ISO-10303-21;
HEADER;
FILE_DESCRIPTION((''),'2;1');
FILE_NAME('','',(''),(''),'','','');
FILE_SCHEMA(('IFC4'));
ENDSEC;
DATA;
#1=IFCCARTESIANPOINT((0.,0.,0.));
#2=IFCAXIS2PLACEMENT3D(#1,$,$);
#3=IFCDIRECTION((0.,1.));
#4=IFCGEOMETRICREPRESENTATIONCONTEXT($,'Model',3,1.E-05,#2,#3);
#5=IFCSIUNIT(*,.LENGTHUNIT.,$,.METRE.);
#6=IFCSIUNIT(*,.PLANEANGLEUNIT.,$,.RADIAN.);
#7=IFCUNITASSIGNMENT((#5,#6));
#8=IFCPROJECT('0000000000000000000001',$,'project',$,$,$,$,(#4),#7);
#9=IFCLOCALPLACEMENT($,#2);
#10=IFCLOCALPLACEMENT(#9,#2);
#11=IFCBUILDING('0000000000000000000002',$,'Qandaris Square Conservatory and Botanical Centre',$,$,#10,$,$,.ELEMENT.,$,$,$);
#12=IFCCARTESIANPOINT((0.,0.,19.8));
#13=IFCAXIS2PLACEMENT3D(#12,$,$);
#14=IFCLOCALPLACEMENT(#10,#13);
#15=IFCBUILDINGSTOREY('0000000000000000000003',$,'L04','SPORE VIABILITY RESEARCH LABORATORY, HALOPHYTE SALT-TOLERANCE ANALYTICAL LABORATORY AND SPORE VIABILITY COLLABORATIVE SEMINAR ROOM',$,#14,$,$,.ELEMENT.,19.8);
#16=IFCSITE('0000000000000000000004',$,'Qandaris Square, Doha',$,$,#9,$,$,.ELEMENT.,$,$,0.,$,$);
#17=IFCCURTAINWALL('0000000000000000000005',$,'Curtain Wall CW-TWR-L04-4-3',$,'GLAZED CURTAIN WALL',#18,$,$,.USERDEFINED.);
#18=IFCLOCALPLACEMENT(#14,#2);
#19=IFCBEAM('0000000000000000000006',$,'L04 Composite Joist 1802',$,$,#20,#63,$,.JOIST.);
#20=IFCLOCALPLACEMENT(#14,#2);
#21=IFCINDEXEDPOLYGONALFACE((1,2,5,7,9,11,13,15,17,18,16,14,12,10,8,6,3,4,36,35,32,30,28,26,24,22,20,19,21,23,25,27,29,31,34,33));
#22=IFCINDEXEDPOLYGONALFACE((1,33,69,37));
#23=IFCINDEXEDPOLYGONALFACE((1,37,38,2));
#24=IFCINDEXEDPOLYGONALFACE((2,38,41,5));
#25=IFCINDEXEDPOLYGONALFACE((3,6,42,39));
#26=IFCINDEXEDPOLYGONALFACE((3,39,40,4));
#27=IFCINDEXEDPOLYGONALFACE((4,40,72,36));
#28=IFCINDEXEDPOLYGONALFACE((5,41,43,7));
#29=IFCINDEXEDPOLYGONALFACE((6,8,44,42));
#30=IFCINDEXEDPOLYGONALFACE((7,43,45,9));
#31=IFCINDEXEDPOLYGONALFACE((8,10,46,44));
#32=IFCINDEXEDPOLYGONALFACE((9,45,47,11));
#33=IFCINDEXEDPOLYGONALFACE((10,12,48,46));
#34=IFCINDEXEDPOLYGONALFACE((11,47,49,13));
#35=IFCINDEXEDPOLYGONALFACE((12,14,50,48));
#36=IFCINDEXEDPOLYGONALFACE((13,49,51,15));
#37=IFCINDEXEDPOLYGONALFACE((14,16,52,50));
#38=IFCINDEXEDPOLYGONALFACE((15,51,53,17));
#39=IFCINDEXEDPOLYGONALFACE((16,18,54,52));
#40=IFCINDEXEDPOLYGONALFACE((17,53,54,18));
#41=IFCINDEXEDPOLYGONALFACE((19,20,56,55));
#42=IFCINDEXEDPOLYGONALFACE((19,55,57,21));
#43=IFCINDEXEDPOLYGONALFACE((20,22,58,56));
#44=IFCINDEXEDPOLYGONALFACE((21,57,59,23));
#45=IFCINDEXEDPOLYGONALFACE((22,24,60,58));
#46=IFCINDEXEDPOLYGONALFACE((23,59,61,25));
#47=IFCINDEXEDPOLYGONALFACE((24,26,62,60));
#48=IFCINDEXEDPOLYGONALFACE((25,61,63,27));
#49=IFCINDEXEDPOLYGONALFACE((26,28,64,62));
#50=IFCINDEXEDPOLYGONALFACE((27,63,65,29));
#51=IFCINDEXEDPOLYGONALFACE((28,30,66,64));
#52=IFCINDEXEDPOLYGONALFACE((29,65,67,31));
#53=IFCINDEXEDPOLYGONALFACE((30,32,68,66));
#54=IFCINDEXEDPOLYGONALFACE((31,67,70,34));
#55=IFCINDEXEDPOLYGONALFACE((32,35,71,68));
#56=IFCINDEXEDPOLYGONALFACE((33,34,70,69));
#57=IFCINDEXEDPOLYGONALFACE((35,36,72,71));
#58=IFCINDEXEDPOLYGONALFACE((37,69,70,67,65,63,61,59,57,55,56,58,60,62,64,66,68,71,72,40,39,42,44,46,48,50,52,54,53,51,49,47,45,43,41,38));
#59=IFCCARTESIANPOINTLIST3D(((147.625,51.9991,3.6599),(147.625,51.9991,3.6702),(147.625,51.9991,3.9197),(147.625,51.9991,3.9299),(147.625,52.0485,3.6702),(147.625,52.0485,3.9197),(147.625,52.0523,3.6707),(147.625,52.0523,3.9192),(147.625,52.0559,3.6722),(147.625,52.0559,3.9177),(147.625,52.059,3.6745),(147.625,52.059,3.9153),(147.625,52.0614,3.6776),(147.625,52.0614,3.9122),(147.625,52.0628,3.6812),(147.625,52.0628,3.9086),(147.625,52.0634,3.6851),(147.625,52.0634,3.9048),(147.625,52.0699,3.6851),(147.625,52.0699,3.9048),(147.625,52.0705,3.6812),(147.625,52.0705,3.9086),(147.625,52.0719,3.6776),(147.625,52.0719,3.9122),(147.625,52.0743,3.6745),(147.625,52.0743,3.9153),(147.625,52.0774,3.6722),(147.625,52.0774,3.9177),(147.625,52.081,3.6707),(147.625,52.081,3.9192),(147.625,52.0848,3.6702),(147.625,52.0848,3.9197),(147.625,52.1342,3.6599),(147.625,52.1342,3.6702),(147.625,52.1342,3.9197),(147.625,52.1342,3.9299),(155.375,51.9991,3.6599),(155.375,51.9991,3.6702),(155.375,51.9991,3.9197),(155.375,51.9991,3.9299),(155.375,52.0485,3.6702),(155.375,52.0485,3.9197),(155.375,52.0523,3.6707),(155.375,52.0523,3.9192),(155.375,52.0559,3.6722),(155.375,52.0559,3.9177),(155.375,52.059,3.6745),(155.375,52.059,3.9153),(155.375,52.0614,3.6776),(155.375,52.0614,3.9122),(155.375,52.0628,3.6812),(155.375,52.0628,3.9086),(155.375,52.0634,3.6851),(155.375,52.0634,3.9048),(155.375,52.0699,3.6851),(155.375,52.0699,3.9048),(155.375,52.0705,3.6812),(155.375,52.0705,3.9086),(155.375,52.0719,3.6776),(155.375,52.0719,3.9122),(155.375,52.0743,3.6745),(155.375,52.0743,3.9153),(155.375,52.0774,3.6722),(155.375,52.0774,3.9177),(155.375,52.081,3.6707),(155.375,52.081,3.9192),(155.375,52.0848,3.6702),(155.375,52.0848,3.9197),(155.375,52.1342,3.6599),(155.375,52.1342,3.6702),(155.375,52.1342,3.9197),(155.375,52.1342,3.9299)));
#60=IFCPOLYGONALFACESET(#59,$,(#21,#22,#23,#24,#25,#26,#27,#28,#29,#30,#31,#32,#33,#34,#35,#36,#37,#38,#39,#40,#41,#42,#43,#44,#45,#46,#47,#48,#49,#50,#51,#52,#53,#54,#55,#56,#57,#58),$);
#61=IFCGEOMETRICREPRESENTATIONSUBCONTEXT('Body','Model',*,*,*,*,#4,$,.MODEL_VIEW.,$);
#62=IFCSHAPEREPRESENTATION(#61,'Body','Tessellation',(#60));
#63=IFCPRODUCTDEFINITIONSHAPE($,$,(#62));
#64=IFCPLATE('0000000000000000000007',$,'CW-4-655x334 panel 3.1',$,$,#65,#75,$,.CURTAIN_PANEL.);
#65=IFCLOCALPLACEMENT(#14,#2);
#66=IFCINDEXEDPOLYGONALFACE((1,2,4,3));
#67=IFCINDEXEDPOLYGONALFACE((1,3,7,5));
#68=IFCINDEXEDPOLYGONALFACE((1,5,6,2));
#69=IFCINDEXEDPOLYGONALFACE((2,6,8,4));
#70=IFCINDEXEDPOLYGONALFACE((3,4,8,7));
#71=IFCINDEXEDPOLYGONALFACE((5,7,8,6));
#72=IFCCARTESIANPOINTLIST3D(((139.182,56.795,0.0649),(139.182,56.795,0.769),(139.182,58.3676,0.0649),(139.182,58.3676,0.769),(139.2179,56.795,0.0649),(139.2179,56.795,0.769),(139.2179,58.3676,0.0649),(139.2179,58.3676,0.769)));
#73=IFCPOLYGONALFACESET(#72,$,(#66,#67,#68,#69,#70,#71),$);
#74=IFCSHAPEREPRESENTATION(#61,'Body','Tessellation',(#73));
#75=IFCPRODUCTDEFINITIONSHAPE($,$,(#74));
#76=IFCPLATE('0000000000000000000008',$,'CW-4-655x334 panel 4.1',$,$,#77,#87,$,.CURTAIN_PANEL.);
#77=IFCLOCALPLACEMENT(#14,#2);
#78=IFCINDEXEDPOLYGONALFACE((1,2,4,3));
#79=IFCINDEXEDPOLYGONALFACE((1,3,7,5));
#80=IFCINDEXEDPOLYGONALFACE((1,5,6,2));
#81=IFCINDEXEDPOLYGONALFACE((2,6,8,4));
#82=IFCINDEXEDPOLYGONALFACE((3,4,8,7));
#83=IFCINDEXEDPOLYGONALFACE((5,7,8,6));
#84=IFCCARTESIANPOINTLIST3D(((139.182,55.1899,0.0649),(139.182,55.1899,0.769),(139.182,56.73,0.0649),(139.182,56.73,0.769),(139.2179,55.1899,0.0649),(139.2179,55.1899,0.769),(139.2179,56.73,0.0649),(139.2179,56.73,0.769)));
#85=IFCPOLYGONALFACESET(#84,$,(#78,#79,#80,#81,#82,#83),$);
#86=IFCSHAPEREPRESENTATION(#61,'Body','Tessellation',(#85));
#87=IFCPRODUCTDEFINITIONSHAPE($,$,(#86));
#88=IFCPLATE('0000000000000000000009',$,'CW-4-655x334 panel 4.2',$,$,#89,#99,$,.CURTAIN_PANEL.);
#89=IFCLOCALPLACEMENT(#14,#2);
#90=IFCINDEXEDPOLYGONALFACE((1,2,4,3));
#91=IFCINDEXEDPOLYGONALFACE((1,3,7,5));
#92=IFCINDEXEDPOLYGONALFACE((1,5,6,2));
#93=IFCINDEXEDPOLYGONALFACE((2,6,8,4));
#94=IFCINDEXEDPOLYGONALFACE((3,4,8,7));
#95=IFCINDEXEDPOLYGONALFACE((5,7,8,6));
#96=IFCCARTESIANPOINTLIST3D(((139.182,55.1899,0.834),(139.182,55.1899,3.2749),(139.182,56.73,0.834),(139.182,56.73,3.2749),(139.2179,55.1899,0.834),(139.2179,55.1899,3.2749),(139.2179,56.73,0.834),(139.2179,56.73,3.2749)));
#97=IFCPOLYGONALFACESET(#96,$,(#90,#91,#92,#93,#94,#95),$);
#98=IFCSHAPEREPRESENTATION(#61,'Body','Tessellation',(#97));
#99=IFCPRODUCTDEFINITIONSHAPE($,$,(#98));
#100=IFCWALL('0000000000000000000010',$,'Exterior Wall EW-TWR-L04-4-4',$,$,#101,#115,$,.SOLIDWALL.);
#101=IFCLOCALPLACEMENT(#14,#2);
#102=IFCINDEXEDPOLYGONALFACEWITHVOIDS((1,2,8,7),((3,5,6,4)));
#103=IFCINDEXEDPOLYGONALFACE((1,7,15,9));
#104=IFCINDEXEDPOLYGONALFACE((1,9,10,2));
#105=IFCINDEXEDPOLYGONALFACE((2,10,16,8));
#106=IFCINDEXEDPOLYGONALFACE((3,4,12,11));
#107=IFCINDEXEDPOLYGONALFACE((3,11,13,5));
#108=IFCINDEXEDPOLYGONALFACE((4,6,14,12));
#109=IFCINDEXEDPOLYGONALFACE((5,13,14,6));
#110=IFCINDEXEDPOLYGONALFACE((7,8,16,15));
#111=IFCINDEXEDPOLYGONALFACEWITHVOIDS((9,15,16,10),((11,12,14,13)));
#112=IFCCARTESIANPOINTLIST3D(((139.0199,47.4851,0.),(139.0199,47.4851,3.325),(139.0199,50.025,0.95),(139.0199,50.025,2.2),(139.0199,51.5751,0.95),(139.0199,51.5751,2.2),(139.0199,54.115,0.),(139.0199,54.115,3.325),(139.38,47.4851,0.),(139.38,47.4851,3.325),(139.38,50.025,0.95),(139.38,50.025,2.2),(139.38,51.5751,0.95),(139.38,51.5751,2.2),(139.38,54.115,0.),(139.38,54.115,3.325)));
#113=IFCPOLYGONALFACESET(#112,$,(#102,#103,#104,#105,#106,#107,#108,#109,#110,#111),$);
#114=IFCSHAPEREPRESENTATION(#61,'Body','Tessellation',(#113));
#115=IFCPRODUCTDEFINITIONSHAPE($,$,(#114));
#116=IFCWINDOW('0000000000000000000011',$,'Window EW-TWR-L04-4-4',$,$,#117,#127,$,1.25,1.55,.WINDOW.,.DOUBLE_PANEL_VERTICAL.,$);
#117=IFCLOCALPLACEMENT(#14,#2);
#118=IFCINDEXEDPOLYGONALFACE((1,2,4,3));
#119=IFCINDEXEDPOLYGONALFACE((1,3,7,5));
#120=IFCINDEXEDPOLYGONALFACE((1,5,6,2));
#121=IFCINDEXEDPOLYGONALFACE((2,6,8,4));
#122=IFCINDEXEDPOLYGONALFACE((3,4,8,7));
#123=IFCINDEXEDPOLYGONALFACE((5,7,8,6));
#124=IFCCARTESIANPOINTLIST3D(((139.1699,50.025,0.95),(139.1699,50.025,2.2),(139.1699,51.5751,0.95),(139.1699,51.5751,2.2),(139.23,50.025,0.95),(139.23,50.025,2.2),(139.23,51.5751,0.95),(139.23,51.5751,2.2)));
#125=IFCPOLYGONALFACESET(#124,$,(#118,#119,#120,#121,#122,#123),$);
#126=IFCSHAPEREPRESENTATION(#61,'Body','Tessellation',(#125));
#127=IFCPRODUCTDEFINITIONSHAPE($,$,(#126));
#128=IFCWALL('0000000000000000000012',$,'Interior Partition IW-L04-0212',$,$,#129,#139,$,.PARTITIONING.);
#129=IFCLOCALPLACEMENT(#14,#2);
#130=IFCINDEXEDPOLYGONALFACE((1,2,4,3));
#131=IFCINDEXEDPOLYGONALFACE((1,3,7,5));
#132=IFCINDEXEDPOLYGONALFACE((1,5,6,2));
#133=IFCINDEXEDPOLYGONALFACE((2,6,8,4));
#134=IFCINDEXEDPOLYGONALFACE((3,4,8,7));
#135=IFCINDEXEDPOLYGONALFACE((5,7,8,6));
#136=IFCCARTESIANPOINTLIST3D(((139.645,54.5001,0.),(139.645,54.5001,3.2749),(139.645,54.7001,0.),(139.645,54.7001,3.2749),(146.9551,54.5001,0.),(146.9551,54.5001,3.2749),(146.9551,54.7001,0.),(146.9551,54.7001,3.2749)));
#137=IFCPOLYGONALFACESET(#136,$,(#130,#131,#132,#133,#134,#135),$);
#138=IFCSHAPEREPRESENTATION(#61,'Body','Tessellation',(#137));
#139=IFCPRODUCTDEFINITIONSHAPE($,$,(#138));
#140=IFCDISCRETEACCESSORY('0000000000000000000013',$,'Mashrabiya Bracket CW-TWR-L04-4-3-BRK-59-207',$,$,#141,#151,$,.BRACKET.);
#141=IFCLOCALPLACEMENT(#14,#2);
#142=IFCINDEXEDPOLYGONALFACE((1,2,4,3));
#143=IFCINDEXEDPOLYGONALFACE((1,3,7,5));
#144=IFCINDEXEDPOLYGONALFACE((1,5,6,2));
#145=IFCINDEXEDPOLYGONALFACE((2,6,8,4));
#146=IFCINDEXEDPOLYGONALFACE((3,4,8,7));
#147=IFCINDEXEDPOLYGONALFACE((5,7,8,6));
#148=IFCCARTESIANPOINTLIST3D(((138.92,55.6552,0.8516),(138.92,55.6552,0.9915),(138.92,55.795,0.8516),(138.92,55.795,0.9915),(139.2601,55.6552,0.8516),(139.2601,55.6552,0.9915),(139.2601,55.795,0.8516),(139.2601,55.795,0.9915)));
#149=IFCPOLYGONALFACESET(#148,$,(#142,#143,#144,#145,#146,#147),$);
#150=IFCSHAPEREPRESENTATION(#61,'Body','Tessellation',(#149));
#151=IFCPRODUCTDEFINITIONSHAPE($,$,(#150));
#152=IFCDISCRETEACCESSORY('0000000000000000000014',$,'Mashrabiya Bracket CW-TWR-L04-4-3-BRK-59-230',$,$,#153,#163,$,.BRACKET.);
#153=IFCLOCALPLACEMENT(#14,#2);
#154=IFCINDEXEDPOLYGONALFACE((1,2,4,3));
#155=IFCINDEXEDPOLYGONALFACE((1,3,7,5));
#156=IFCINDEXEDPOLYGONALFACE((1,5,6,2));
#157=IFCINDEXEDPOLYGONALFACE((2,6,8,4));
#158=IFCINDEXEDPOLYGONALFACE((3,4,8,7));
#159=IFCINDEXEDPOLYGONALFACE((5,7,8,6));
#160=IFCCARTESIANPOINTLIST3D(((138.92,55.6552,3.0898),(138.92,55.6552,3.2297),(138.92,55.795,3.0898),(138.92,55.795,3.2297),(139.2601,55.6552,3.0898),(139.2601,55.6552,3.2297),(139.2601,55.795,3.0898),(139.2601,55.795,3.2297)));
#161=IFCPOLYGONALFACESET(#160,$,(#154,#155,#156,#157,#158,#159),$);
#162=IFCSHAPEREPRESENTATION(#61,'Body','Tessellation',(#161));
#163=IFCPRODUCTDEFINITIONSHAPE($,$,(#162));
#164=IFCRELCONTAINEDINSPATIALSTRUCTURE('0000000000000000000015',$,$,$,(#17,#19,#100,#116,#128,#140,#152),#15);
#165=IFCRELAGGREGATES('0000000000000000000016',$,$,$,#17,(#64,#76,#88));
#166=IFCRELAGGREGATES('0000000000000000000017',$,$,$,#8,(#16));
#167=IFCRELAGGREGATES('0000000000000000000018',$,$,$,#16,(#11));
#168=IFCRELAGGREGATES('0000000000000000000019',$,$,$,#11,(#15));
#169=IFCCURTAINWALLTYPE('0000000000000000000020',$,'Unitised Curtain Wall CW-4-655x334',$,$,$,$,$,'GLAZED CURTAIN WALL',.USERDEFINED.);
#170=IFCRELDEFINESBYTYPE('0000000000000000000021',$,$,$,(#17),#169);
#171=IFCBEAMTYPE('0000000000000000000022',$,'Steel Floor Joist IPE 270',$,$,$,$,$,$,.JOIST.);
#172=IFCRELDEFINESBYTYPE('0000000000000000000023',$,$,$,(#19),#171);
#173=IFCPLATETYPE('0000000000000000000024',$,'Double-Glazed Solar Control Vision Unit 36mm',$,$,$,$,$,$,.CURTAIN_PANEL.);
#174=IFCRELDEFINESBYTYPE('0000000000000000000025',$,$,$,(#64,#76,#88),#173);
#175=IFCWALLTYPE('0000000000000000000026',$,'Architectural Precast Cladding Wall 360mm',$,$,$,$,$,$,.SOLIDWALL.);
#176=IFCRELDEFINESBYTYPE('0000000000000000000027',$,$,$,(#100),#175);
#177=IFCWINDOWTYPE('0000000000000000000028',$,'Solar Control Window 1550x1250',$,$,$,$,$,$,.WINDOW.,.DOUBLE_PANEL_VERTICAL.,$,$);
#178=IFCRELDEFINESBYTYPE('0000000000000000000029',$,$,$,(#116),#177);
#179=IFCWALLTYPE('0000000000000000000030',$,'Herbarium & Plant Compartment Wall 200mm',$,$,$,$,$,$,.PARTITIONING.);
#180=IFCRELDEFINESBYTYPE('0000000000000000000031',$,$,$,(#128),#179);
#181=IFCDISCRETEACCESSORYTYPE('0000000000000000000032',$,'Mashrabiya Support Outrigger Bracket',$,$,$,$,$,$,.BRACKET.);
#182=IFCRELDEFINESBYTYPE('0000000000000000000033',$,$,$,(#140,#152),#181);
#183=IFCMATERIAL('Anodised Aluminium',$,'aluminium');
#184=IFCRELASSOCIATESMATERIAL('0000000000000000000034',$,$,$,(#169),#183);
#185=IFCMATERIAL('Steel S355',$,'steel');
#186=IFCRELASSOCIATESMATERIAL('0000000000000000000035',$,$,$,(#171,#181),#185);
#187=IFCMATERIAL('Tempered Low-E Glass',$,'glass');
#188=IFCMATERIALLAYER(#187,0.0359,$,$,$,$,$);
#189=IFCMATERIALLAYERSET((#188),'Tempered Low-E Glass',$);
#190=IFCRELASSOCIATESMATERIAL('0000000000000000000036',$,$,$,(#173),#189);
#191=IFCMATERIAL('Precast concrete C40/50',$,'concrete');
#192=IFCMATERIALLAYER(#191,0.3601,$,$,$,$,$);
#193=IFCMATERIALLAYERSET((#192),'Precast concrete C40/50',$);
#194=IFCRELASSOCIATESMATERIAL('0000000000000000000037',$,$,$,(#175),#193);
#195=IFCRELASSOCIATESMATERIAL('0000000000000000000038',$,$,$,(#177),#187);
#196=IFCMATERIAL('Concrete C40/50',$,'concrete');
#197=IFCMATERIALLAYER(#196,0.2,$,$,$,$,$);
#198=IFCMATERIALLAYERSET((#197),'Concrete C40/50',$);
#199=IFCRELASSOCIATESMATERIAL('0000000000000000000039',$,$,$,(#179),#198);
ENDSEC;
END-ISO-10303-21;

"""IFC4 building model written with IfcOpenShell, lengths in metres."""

from ifc_helpers import new_model, si_unit, direction, frame, frame_2d, origin, origin_2d, place, context, subcontext, project, spatial, rectangle, i_section, extrude, material, layer, layer_set, material_profile, profile_set, type_object, element, fill, aggregate, save


model = new_model("IFC4")

# Units and contexts
model_context = context("Model", 3, precision=1e-05, world=origin(), true_north=direction((0.0, 1.0)))
body_context = subcontext(model_context, "Body", "Model", "MODEL_VIEW")
ifc_project = project(units=[si_unit("LENGTHUNIT", "METRE"), si_unit("PLANEANGLEUNIT", "RADIAN")], contexts=[model_context])

# Site, building, storey
site_placement = place(None, origin())
site = spatial("IfcSite", under=ifc_project, at=site_placement, Name="Qandaris Square, Doha", CompositionType="ELEMENT", RefElevation=0.0)
building_placement = place(site_placement, origin())
building = spatial("IfcBuilding", under=site, at=building_placement, Name="Qandaris Square Conservatory and Botanical Centre", CompositionType="ELEMENT")
storey_placement = place(building_placement, frame((0.0, 0.0, 19.8)))
storey = spatial("IfcBuildingStorey", under=building, at=storey_placement, Name="L04", Description="SPORE VIABILITY RESEARCH LABORATORY, HALOPHYTE SALT-TOLERANCE ANALYTICAL LABORATORY AND SPORE VIABILITY COLLABORATIVE SEMINAR ROOM", CompositionType="ELEMENT", Elevation=19.8)

# Shared definitions
ifc_material_1 = material(Name="Steel S355", Category="steel")

# Curtain wall
ifc_material_2 = material(Name="Anodised Aluminium", Category="aluminium")
curtain_wall_type = type_object("IfcCurtainWallType", Name="Unitised Curtain Wall CW-4-655x334", ElementType="GLAZED CURTAIN WALL", PredefinedType="USERDEFINED", material=ifc_material_2)
curtain_wall_placement = place(storey_placement, origin())
curtain_wall = element("IfcCurtainWall", 1, at=curtain_wall_placement, inside=storey, type_object=curtain_wall_type, Name="Curtain Wall CW-TWR-L04-4-3", ObjectType="GLAZED CURTAIN WALL", PredefinedType="USERDEFINED")

# Beam
ifc_material_profile_1 = material_profile(ifc_material_1, i_section(OverallWidth=0.135, OverallDepth=0.27, WebThickness=0.0066, FlangeThickness=0.0103, FilletRadius=0.0149, at=origin_2d()), Name="IPE 270")
ifc_profile_set_1 = profile_set([ifc_material_profile_1], Name="Steel S355")
beam_type_1 = type_object("IfcBeamType", Name="Steel Floor Joist IPE 270", PredefinedType="JOIST", material=ifc_profile_set_1)
beam_1_placement = place(storey_placement, frame((147.625, 52.0667, 3.7949), z_axis=(1.0, 0.0, 0.0), x_axis=(0.0, 1.0, 0.0)))
element("IfcBeam", 2, at=beam_1_placement, inside=storey, type_object=beam_type_1, Name="L04 Composite Joist 1802", PredefinedType="JOIST", context=body_context, shape_type="SweptSolid", body=[
    extrude(i_section(OverallWidth=0.135, OverallDepth=0.27, WebThickness=0.0066, FlangeThickness=0.0103, FilletRadius=0.0149, at=origin_2d()), origin(), (0.0, 0.0, 1.0), 7.75),
])

# Plates
ifc_material_3 = material(Name="Tempered Low-E Glass", Category="glass")
ifc_layer_1 = layer(ifc_material_3, 0.0359)
ifc_layer_set_1 = layer_set([ifc_layer_1], Name="Tempered Low-E Glass")
plate_type = type_object("IfcPlateType", Name="Double-Glazed Solar Control Vision Unit 36mm", PredefinedType="CURTAIN_PANEL", material=ifc_layer_set_1)
plate_1_placement = place(storey_placement, frame((139.2, 57.5813, 0.0649), z_axis=(0.0, 0.0, 1.0), x_axis=(0.0, -1.0, 0.0)))
plate_1 = element("IfcPlate", 3, at=plate_1_placement, type_object=plate_type, Name="CW-4-655x334 panel 3.1", PredefinedType="CURTAIN_PANEL", context=body_context, shape_type="SweptSolid", body=[
    extrude(rectangle(XDim=1.5725, YDim=0.0359, at=origin_2d()), origin(), (0.0, 0.0, 1.0), 0.7041),
])
plate_2_placement = place(storey_placement, frame((139.2, 55.96, 0.0649), z_axis=(0.0, 0.0, 1.0), x_axis=(0.0, -1.0, 0.0)))
plate_2 = element("IfcPlate", 4, at=plate_2_placement, type_object=plate_type, Name="CW-4-655x334 panel 4.1", PredefinedType="CURTAIN_PANEL", context=body_context, shape_type="SweptSolid", body=[
    extrude(rectangle(XDim=1.54, YDim=0.0359, at=origin_2d()), origin(), (0.0, 0.0, 1.0), 0.7041),
])
plate_3_placement = place(storey_placement, frame((139.2, 55.96, 0.834), z_axis=(0.0, 0.0, 1.0), x_axis=(0.0, -1.0, 0.0)))
plate_3 = element("IfcPlate", 5, at=plate_3_placement, type_object=plate_type, Name="CW-4-655x334 panel 4.2", PredefinedType="CURTAIN_PANEL", context=body_context, shape_type="SweptSolid", body=[
    extrude(rectangle(XDim=1.54, YDim=0.0359, at=origin_2d()), origin(), (0.0, 0.0, 1.0), 2.4409),
])
aggregate(curtain_wall, [plate_1, plate_2, plate_3])

# Wall, opening, window
ifc_material_4 = material(Name="Precast concrete C40/50", Category="concrete")
ifc_layer_2 = layer(ifc_material_4, 0.3601)
ifc_layer_set_2 = layer_set([ifc_layer_2], Name="Precast concrete C40/50")
wall_type_1 = type_object("IfcWallType", Name="Architectural Precast Cladding Wall 360mm", PredefinedType="SOLIDWALL", material=ifc_layer_set_2)
wall_1_placement = place(storey_placement, frame((139.2, 54.115, 0.0), z_axis=(0.0, 0.0, 1.0), x_axis=(0.0, -1.0, 0.0)))
wall_1 = element("IfcWall", 6, at=wall_1_placement, inside=storey, type_object=wall_type_1, Name="Exterior Wall EW-TWR-L04-4-4", PredefinedType="SOLIDWALL", context=body_context, shape_type="SweptSolid", body=[
    extrude(rectangle(XDim=6.6299, YDim=0.3601, at=frame_2d((3.3149, 0.0))), origin(), (0.0, 0.0, 1.0), 3.325),
])
opening_placement = place(wall_1_placement, frame((2.54, 0.0, 0.95)))
opening = element("IfcOpeningElement", 7, at=opening_placement, cuts=wall_1, PredefinedType="OPENING", context=body_context, shape_type="SweptSolid", body=[
    extrude(rectangle(XDim=1.55, YDim=1.25, at=frame_2d((0.7749, 0.625))), frame((0.0, 0.1919, 0.0), z_axis=(0.0, -1.0, 0.0), x_axis=(1.0, 0.0, 0.0)), (0.0, 0.0, 1.0), 0.384),
])
window_type = type_object("IfcWindowType", Name="Solar Control Window 1550x1250", PartitioningType="DOUBLE_PANEL_VERTICAL", PredefinedType="WINDOW", material=ifc_material_3)
window_placement = place(opening_placement, origin())
window = element("IfcWindow", 8, at=window_placement, inside=storey, type_object=window_type, Name="Window EW-TWR-L04-4-4", OverallHeight=1.25, OverallWidth=1.55, PartitioningType="DOUBLE_PANEL_VERTICAL", PredefinedType="WINDOW", context=body_context, shape_type="SweptSolid", body=[
    extrude(rectangle(XDim=1.55, YDim=1.25, at=frame_2d((0.7749, 0.625))), frame((0.0, 0.03, 0.0), z_axis=(0.0, -1.0, 0.0), x_axis=(1.0, 0.0, 0.0)), (0.0, 0.0, 1.0), 0.0601),
])
fill(opening, window)

# Wall
ifc_material_5 = material(Name="Concrete C40/50", Category="concrete")
ifc_layer_3 = layer(ifc_material_5, 0.2)
ifc_layer_set_3 = layer_set([ifc_layer_3], Name="Concrete C40/50")
wall_type_2 = type_object("IfcWallType", Name="Herbarium & Plant Compartment Wall 200mm", PredefinedType="PARTITIONING", material=ifc_layer_set_3)
wall_2_placement = place(storey_placement, frame((139.645, 54.6001, 0.0), z_axis=(0.0, 0.0, 1.0), x_axis=(1.0, 0.0, 0.0)))
element("IfcWall", 9, at=wall_2_placement, inside=storey, type_object=wall_type_2, Name="Interior Partition IW-L04-0212", PredefinedType="PARTITIONING", context=body_context, shape_type="SweptSolid", body=[
    extrude(rectangle(XDim=7.3101, YDim=0.2, at=frame_2d((3.655, 0.0))), origin(), (0.0, 0.0, 1.0), 3.2749),
])

# Discrete accessories
discrete_accessory_type = type_object("IfcDiscreteAccessoryType", Name="Mashrabiya Support Outrigger Bracket", PredefinedType="BRACKET", material=ifc_material_1)
for number, where, z_axis, x_axis, name in (
    (10, (139.0901, 55.7251, 0.8516), (0.0, 0.0, 1.0), (0.0, -1.0, 0.0), "Mashrabiya Bracket CW-TWR-L04-4-3-BRK-59-207"),
    (11, (139.0901, 55.7251, 3.0898), (0.0, 0.0, 1.0), (0.0, -1.0, 0.0), "Mashrabiya Bracket CW-TWR-L04-4-3-BRK-59-230"),
):
    element("IfcDiscreteAccessory", number, at=place(storey_placement, frame(where, z_axis=z_axis, x_axis=x_axis)), inside=storey, type_object=discrete_accessory_type, Name=name, PredefinedType="BRACKET", context=body_context, shape_type="SweptSolid", body=[
        extrude(rectangle(XDim=0.1399, YDim=0.3401, at=origin_2d()), origin(), (0.0, 0.0, 1.0), 0.1399),
    ])

save(model, "model.ifc")
